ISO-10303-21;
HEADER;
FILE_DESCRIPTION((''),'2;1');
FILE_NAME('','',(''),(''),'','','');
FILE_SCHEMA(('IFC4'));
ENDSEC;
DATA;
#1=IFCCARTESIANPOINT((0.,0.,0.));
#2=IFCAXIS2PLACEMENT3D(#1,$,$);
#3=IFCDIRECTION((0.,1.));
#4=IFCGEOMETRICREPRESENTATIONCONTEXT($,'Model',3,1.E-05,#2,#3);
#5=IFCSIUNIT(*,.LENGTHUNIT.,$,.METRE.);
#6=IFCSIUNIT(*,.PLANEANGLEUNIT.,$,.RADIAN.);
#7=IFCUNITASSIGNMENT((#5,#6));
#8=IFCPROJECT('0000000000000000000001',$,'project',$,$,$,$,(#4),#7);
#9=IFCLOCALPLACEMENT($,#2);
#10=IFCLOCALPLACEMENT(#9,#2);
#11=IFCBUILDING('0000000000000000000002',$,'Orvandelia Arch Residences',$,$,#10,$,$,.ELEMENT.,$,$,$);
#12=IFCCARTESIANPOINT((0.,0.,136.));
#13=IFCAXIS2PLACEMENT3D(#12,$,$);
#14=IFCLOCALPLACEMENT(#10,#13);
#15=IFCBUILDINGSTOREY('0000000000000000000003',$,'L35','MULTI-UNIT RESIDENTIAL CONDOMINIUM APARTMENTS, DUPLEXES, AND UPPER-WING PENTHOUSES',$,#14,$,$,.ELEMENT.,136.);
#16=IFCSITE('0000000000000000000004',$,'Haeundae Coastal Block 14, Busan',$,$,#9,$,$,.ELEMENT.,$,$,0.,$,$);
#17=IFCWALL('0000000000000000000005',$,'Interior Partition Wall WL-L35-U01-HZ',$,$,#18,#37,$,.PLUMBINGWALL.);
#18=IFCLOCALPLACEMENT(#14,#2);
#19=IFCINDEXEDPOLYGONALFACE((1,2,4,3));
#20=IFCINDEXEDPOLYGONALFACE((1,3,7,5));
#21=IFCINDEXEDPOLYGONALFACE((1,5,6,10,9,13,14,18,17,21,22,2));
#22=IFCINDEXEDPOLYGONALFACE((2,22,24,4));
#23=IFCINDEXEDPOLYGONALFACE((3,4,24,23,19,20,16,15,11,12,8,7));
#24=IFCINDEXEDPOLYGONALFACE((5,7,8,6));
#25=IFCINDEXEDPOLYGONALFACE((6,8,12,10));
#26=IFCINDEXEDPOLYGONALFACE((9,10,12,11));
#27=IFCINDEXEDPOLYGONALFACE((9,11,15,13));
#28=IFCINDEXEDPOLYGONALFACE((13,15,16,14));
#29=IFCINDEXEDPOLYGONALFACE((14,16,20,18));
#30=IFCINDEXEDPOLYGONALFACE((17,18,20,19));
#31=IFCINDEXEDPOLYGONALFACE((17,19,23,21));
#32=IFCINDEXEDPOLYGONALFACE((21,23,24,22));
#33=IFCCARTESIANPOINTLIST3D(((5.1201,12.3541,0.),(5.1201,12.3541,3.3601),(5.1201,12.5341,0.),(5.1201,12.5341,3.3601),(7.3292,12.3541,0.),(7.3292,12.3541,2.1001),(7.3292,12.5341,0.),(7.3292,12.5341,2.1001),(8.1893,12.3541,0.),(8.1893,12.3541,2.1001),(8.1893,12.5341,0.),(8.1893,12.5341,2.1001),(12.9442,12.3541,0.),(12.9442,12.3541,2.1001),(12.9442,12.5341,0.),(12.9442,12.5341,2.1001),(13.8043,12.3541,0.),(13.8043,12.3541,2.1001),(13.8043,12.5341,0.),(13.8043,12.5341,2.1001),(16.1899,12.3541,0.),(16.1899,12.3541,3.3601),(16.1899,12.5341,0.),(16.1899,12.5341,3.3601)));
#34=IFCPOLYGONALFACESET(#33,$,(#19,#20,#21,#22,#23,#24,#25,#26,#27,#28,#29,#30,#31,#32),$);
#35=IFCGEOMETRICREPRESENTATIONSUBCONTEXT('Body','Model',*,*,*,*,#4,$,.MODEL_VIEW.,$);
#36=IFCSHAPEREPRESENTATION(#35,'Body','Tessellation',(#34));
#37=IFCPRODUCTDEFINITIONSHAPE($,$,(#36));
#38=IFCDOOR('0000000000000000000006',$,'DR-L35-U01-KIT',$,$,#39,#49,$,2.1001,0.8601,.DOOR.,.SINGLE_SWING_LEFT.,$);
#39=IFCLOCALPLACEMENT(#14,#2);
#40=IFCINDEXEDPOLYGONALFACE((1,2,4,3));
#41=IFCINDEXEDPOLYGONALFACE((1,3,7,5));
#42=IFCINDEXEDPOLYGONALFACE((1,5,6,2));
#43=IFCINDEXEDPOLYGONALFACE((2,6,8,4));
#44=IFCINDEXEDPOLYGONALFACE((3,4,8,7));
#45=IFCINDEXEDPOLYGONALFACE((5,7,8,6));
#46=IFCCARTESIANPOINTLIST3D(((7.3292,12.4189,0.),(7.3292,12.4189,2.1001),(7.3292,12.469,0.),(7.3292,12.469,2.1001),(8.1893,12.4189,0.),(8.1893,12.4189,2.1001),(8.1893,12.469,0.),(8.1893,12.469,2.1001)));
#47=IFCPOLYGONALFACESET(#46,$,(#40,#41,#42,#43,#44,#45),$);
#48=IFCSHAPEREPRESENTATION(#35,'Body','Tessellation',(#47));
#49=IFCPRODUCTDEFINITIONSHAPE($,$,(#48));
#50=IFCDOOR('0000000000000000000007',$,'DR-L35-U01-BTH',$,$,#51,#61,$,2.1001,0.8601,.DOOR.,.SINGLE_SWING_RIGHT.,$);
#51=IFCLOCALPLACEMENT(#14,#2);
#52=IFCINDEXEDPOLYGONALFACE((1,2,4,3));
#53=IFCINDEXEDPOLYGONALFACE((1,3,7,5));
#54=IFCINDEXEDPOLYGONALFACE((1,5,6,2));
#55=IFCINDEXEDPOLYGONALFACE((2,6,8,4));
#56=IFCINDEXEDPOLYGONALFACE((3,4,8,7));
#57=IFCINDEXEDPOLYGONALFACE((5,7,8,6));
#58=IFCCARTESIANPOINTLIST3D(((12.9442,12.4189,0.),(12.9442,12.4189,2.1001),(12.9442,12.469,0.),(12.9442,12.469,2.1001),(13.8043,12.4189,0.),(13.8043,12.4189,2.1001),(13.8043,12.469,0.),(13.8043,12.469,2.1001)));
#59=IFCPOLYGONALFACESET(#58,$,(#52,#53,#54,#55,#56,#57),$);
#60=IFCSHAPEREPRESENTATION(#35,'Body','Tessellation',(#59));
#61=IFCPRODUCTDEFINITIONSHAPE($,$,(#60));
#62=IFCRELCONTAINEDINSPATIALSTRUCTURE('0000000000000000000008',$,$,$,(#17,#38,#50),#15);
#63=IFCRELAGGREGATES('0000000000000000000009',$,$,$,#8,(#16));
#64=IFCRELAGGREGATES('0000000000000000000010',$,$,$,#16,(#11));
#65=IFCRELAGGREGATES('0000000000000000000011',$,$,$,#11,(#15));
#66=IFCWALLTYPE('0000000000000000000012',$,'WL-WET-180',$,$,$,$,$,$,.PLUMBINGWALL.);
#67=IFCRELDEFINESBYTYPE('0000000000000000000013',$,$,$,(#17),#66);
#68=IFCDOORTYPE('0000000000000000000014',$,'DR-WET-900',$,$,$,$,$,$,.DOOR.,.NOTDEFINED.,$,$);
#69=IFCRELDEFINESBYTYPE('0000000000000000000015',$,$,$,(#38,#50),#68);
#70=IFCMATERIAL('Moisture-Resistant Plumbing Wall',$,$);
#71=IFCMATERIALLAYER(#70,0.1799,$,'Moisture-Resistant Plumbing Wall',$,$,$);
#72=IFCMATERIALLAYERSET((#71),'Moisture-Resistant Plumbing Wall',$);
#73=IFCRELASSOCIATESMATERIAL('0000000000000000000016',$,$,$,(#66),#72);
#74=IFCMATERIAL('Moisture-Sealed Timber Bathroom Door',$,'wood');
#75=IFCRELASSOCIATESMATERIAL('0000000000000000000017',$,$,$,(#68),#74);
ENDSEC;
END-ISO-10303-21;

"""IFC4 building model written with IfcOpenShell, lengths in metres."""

from ifc_helpers import new_model, si_unit, direction, frame, frame_2d, origin, place, context, subcontext, project, spatial, rectangle, extrude, material, layer, layer_set, type_object, element, fill, save


model = new_model("IFC4")

# Units and contexts
model_context = context("Model", 3, precision=1e-05, world=origin(), true_north=direction((0.0, 1.0)))
body_context = subcontext(model_context, "Body", "Model", "MODEL_VIEW")
ifc_project = project(units=[si_unit("LENGTHUNIT", "METRE"), si_unit("PLANEANGLEUNIT", "RADIAN")], contexts=[model_context])

# Site, building, storey
site_placement = place(None, origin())
site = spatial("IfcSite", under=ifc_project, at=site_placement, Name="Haeundae Coastal Block 14, Busan", CompositionType="ELEMENT", RefElevation=0.0)
building_placement = place(site_placement, origin())
building = spatial("IfcBuilding", under=site, at=building_placement, Name="Orvandelia Arch Residences", CompositionType="ELEMENT")
storey_placement = place(building_placement, frame((0.0, 0.0, 136.0)))
storey = spatial("IfcBuildingStorey", under=building, at=storey_placement, Name="L35", Description="MULTI-UNIT RESIDENTIAL CONDOMINIUM APARTMENTS, DUPLEXES, AND UPPER-WING PENTHOUSES", CompositionType="ELEMENT", Elevation=136.0)

# Wall, openings, doors
ifc_material_1 = material(Name="Moisture-Resistant Plumbing Wall")
ifc_layer_1 = layer(ifc_material_1, 0.1799, Name="Moisture-Resistant Plumbing Wall")
ifc_layer_set_1 = layer_set([ifc_layer_1], Name="Moisture-Resistant Plumbing Wall")
wall_type_1 = type_object("IfcWallType", Name="WL-WET-180", PredefinedType="PLUMBINGWALL", material=ifc_layer_set_1)
wall_1_placement = place(storey_placement, frame((5.1201, 12.4441, 0.0), z_axis=(0.0, 0.0, 1.0), x_axis=(1.0, 0.0, 0.0)))
wall_1 = element("IfcWall", 1, at=wall_1_placement, inside=storey, type_object=wall_type_1, Name="Interior Partition Wall WL-L35-U01-HZ", PredefinedType="PLUMBINGWALL", context=body_context, shape_type="SweptSolid", body=[
    extrude(rectangle(XDim=11.0698, YDim=0.1799, at=frame_2d((5.5349, 0.0))), origin(), (0.0, 0.0, 1.0), 3.3601),
])
opening_1_placement = place(wall_1_placement, frame((2.209, 0.0, 0.0)))
opening_1 = element("IfcOpeningElement", 2, at=opening_1_placement, cuts=wall_1, PredefinedType="OPENING", context=body_context, shape_type="SweptSolid", body=[
    extrude(rectangle(XDim=0.8601, YDim=2.1001, at=frame_2d((0.4302, 1.05))), frame((0.0, 0.1001, 0.0), z_axis=(0.0, -1.0, 0.0), x_axis=(1.0, 0.0, 0.0)), (0.0, 0.0, 1.0), 0.2),
])
opening_2_placement = place(wall_1_placement, frame((7.824, 0.0, 0.0)))
opening_2 = element("IfcOpeningElement", 3, at=opening_2_placement, cuts=wall_1, PredefinedType="OPENING", context=body_context, shape_type="SweptSolid", body=[
    extrude(rectangle(XDim=0.8601, YDim=2.1001, at=frame_2d((0.4302, 1.05))), frame((0.0, 0.1001, 0.0), z_axis=(0.0, -1.0, 0.0), x_axis=(1.0, 0.0, 0.0)), (0.0, 0.0, 1.0), 0.2),
])
ifc_material_2 = material(Name="Moisture-Sealed Timber Bathroom Door", Category="wood")
door_type_1 = type_object("IfcDoorType", Name="DR-WET-900", OperationType="NOTDEFINED", PredefinedType="DOOR", material=ifc_material_2)
door_1_placement = place(opening_1_placement, origin())
door_1 = element("IfcDoor", 4, at=door_1_placement, inside=storey, type_object=door_type_1, Name="DR-L35-U01-KIT", OperationType="SINGLE_SWING_LEFT", OverallHeight=2.1001, OverallWidth=0.8601, PredefinedType="DOOR", context=body_context, shape_type="SweptSolid", body=[
    extrude(rectangle(XDim=0.8601, YDim=2.1001, at=frame_2d((0.4302, 1.05))), frame((0.0, 0.0249, 0.0), z_axis=(0.0, -1.0, 0.0), x_axis=(1.0, 0.0, 0.0)), (0.0, 0.0, 1.0), 0.05),
])
fill(opening_1, door_1)
door_2_placement = place(opening_2_placement, origin())
door_2 = element("IfcDoor", 5, at=door_2_placement, inside=storey, type_object=door_type_1, Name="DR-L35-U01-BTH", OperationType="SINGLE_SWING_RIGHT", OverallHeight=2.1001, OverallWidth=0.8601, PredefinedType="DOOR", context=body_context, shape_type="SweptSolid", body=[
    extrude(rectangle(XDim=0.8601, YDim=2.1001, at=frame_2d((0.4302, 1.05))), frame((0.0, 0.0249, 0.0), z_axis=(0.0, -1.0, 0.0), x_axis=(1.0, 0.0, 0.0)), (0.0, 0.0, 1.0), 0.05),
])
fill(opening_2, door_2)

save(model, "model.ifc")
